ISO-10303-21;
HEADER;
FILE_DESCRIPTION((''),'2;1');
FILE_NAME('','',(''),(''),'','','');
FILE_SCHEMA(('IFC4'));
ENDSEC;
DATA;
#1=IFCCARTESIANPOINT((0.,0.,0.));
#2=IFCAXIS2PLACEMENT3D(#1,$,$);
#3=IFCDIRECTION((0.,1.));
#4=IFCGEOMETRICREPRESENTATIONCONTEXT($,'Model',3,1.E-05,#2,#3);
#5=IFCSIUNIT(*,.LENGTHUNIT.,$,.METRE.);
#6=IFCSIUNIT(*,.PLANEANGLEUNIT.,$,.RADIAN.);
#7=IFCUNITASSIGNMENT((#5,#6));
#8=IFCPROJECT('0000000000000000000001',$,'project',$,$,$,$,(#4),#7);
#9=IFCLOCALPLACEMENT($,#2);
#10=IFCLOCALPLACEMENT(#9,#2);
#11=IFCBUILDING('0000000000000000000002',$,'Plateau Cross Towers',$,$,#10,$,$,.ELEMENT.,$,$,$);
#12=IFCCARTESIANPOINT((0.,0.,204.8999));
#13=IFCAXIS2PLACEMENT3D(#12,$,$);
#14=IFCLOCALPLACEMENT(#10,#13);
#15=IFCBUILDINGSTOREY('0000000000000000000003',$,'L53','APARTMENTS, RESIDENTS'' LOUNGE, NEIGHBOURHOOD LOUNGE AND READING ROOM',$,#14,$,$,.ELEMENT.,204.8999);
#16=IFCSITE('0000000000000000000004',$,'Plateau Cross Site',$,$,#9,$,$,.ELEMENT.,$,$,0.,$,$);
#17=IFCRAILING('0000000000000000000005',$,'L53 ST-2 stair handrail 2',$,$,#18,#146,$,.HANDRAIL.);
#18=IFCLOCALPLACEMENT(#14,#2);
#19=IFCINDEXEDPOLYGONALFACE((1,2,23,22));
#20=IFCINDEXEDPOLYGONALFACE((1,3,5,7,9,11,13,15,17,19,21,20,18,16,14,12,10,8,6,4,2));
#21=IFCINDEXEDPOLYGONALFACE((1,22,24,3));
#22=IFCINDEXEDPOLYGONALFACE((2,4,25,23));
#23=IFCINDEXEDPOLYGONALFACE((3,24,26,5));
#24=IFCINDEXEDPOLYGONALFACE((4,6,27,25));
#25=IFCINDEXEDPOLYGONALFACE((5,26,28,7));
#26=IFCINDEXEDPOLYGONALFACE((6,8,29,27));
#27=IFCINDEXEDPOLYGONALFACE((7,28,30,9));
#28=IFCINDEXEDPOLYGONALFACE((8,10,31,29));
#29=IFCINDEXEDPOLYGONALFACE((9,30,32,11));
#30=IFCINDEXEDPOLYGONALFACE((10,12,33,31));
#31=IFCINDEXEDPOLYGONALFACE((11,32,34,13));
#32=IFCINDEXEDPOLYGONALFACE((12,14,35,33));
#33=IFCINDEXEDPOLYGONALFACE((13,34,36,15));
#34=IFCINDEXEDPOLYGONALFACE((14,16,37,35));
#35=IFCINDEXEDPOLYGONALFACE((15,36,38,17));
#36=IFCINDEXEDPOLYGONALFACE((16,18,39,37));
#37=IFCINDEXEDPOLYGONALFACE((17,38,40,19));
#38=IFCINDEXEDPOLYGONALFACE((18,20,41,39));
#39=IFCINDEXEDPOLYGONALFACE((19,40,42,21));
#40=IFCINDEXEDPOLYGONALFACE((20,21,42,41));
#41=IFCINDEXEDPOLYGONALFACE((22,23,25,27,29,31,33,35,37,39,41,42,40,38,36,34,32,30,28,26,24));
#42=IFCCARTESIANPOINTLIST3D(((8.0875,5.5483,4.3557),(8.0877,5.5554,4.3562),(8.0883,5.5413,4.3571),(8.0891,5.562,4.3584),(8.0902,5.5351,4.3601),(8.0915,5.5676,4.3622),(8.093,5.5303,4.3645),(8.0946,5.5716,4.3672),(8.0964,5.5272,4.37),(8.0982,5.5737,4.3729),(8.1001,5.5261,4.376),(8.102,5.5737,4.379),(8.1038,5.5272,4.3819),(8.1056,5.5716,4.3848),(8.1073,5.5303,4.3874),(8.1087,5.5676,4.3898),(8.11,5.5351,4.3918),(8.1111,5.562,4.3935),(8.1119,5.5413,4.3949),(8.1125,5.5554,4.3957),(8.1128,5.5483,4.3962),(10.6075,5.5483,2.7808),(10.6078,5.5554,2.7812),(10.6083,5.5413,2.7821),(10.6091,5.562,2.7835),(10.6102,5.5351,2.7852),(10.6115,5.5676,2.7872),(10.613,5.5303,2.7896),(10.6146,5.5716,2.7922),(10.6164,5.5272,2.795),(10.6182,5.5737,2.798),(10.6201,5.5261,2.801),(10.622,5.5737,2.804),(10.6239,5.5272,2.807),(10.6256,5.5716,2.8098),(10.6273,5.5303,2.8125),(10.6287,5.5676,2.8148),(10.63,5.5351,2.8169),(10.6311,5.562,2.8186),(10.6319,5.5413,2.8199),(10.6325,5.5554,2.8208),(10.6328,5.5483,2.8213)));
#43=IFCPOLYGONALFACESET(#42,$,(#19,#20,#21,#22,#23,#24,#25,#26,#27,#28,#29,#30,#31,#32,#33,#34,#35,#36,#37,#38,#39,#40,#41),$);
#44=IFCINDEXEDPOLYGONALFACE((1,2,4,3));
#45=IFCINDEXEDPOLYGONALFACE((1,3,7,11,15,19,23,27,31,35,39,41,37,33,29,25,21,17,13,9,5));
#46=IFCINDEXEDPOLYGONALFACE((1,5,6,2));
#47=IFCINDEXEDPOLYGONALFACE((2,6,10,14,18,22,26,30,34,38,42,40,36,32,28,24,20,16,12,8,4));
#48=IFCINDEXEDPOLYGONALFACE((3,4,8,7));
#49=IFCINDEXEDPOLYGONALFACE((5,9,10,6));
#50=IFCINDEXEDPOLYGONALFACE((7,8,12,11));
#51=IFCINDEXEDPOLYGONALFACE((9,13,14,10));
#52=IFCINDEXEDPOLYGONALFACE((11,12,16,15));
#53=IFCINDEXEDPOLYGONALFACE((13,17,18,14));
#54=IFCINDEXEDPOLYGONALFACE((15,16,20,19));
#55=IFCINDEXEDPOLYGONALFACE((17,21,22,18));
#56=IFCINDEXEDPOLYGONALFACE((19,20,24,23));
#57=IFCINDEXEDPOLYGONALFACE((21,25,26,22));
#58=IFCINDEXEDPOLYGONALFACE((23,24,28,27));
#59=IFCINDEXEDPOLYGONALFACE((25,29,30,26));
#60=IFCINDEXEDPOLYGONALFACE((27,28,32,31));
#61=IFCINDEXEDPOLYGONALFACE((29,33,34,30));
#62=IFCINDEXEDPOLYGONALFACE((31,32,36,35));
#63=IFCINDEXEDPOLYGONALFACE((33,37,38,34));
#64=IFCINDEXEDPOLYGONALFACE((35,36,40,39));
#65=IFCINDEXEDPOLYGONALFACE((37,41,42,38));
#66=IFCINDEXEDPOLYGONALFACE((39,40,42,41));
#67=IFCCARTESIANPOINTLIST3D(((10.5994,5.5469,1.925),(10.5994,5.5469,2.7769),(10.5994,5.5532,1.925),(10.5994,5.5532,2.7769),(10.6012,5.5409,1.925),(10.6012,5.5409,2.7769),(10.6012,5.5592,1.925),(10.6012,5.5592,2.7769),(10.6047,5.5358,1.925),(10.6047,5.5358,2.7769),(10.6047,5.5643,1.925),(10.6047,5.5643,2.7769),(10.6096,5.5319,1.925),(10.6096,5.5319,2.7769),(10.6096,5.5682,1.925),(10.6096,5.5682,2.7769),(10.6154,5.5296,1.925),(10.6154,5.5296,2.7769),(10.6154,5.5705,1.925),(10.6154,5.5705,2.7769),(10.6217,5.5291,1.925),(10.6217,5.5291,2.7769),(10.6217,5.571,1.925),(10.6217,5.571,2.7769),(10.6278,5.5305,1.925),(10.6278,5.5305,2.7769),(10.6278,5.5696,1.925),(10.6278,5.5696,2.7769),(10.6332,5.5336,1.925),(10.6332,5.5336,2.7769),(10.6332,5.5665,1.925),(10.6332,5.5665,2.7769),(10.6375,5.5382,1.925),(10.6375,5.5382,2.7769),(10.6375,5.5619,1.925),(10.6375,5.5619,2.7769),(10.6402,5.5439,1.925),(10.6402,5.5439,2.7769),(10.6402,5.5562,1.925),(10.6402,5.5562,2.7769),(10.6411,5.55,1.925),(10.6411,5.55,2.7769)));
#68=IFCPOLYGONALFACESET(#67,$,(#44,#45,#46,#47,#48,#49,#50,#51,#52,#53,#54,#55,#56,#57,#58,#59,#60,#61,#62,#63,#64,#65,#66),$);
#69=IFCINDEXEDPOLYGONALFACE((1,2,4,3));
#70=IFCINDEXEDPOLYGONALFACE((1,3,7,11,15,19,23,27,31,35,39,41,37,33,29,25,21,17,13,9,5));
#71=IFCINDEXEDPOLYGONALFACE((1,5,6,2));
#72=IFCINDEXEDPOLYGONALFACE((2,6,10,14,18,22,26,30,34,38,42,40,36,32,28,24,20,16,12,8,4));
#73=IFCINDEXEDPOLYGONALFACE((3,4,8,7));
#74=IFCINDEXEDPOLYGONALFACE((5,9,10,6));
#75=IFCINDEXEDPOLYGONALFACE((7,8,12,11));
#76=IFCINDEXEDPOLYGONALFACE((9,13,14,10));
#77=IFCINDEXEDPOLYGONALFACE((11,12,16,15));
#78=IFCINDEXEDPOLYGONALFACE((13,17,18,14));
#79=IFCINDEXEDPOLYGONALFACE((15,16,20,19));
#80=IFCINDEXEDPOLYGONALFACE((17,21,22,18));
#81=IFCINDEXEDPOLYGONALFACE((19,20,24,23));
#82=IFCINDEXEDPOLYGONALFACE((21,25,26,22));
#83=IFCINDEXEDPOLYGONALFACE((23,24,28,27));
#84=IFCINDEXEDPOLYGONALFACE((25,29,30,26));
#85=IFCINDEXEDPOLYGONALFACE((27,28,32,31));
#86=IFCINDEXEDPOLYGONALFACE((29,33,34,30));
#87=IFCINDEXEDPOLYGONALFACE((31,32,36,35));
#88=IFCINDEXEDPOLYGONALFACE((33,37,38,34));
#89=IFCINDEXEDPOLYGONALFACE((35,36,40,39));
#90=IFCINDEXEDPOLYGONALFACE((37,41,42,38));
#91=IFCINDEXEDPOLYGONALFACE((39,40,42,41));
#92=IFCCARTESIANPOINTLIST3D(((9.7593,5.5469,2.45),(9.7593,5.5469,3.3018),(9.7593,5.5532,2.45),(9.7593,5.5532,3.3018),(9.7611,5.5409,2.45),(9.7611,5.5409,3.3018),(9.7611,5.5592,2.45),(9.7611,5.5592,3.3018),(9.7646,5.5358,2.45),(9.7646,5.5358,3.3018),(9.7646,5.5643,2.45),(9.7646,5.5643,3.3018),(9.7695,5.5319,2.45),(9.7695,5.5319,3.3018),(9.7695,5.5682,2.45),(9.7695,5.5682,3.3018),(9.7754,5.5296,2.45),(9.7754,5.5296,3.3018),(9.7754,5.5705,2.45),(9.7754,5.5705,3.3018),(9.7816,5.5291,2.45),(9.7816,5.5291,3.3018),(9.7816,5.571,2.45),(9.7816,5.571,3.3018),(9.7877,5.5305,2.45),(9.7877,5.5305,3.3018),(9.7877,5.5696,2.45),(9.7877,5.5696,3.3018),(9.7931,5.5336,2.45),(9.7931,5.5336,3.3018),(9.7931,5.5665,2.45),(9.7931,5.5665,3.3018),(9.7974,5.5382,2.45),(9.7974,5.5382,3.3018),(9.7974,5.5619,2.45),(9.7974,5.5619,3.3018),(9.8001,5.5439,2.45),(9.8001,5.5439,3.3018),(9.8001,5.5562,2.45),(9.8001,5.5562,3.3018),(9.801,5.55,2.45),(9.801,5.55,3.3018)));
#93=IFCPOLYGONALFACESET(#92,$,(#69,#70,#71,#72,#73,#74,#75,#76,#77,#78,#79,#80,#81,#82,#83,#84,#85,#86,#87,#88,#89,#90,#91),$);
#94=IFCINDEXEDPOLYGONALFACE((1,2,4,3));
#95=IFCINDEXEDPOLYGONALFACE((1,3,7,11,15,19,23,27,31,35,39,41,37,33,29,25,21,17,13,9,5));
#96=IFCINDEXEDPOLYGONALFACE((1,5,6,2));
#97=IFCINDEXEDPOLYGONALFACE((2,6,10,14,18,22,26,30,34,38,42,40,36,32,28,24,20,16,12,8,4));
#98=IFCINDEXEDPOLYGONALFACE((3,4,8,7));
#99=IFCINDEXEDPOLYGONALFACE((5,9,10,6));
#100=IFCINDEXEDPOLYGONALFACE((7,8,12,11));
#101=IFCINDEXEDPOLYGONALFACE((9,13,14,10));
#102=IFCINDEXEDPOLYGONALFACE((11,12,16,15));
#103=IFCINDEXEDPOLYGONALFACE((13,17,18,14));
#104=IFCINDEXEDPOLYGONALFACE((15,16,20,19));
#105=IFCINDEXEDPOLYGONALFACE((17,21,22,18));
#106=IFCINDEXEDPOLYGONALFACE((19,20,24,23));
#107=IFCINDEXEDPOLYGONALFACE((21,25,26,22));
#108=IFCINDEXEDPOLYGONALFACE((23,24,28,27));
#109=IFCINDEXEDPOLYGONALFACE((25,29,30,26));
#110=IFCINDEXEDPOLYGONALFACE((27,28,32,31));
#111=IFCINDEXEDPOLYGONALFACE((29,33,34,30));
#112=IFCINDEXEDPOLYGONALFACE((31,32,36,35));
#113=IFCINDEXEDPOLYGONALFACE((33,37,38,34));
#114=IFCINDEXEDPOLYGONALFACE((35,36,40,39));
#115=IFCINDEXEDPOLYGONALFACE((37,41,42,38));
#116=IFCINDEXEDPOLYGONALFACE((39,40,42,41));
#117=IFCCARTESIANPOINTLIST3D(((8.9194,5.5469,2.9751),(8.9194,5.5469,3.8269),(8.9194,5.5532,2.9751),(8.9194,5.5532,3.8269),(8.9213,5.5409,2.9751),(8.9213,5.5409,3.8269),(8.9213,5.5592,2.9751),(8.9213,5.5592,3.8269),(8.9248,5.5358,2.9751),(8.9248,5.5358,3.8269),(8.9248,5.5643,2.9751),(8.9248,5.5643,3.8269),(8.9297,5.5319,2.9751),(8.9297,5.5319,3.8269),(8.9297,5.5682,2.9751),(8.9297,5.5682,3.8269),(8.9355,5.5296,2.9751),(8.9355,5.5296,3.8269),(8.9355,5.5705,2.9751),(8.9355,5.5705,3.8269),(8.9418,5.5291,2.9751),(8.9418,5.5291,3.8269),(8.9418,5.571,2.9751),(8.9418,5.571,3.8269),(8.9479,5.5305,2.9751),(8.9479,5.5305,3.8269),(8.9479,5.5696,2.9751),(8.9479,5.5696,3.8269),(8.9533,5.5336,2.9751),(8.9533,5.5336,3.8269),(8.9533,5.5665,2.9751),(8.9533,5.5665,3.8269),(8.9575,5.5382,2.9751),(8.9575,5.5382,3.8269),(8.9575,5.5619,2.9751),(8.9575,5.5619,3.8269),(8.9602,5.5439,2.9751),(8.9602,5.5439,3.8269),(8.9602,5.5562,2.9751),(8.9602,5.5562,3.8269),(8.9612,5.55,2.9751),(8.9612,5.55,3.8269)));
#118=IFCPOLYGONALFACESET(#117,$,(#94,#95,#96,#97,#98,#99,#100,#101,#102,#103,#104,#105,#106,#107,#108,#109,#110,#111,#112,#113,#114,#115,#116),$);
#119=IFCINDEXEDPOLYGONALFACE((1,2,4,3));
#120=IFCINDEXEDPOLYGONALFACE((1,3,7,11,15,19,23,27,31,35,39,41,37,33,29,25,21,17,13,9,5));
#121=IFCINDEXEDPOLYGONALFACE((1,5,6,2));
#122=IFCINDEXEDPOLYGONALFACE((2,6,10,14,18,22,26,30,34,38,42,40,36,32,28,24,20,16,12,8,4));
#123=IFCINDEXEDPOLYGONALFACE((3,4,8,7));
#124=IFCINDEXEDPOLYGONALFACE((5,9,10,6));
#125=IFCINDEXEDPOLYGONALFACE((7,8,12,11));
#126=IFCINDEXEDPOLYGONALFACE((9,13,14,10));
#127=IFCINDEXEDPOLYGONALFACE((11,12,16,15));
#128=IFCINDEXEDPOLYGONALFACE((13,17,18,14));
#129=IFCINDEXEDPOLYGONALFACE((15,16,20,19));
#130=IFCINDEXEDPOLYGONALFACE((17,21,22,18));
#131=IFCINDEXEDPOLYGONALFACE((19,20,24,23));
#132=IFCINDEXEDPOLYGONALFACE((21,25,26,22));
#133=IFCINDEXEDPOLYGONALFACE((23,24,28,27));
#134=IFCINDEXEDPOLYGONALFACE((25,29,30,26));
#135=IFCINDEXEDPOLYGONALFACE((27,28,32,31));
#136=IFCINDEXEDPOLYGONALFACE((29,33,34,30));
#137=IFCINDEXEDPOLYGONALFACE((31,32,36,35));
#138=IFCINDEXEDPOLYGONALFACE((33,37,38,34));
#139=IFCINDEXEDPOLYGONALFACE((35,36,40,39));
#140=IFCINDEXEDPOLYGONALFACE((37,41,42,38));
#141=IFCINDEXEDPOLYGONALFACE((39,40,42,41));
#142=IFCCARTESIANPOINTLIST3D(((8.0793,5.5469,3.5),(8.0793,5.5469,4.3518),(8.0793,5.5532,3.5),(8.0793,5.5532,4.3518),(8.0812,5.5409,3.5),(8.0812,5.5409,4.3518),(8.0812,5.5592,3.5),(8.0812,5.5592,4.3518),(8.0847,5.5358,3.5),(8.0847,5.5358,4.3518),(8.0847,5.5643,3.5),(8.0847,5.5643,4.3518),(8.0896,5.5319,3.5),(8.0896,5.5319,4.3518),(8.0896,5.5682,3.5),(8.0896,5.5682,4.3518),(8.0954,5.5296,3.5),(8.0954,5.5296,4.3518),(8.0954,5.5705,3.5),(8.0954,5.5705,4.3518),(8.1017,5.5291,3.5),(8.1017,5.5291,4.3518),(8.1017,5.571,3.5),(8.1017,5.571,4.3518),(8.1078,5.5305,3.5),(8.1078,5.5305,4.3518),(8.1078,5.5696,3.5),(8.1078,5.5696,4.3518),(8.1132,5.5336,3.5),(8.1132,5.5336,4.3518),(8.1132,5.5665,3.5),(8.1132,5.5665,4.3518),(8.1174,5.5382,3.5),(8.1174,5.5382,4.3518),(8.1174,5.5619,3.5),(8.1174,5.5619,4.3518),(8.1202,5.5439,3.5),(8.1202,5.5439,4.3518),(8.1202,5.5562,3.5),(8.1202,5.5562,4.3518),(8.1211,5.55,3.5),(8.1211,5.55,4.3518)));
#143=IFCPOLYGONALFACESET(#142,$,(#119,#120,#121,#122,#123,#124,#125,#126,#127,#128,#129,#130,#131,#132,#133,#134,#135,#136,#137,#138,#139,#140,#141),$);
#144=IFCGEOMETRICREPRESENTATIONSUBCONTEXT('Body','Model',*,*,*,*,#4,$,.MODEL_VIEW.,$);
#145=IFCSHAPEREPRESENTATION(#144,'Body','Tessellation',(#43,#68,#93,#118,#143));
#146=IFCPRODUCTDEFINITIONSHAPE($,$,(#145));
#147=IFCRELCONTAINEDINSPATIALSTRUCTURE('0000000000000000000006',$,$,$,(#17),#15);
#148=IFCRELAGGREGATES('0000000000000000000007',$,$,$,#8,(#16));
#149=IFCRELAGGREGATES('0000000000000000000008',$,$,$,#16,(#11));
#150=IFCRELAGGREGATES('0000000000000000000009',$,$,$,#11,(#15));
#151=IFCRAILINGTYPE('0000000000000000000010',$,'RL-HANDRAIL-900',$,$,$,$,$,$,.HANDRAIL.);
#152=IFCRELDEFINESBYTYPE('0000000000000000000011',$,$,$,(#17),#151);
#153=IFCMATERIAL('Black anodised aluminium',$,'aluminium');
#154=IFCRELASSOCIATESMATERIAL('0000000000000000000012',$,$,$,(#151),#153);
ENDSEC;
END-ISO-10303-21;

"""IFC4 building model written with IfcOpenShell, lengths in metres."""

from ifc_helpers import new_model, si_unit, direction, frame, origin, origin_2d, place, context, subcontext, project, spatial, circle, extrude, material, type_object, element, save


model = new_model("IFC4")

# Units and contexts
model_context = context("Model", 3, precision=1e-05, world=origin(), true_north=direction((0.0, 1.0)))
body_context = subcontext(model_context, "Body", "Model", "MODEL_VIEW")
ifc_project = project(units=[si_unit("LENGTHUNIT", "METRE"), si_unit("PLANEANGLEUNIT", "RADIAN")], contexts=[model_context])

# Site, building, storey
site_placement = place(None, origin())
site = spatial("IfcSite", under=ifc_project, at=site_placement, Name="Plateau Cross Site", CompositionType="ELEMENT", RefElevation=0.0)
building_placement = place(site_placement, origin())
building = spatial("IfcBuilding", under=site, at=building_placement, Name="Plateau Cross Towers", CompositionType="ELEMENT")
storey_placement = place(building_placement, frame((0.0, 0.0, 204.8999)))
storey = spatial("IfcBuildingStorey", under=building, at=storey_placement, Name="L53", Description="APARTMENTS, RESIDENTS' LOUNGE, NEIGHBOURHOOD LOUNGE AND READING ROOM", CompositionType="ELEMENT", Elevation=204.8999)

# Railing
ifc_material_1 = material(Name="Black anodised aluminium", Category="aluminium")
railing_type_1 = type_object("IfcRailingType", Name="RL-HANDRAIL-900", PredefinedType="HANDRAIL", material=ifc_material_1)
railing_1_placement = place(storey_placement, frame((10.6201, 5.55, 1.925)))
element("IfcRailing", 1, at=railing_1_placement, inside=storey, type_object=railing_type_1, Name="L53 ST-2 stair handrail 2", PredefinedType="HANDRAIL", context=body_context, shape_type="SweptSolid", body=[
    extrude(circle(Radius=0.0239, at=origin_2d()), frame((0.0, 0.0, 0.876), z_axis=(-0.848008, 0.0, 0.529984), x_axis=(0.0, -1.0, 0.0)), (0.0, 0.0, 1.0), 2.9717),
    extrude(circle(Radius=0.021, at=origin_2d()), origin(), (0.0, 0.0, 1.0), 0.8518),
    extrude(circle(Radius=0.021, at=origin_2d()), frame((-0.8401, 0.0, 0.5249)), (0.0, 0.0, 1.0), 0.8518),
    extrude(circle(Radius=0.021, at=origin_2d()), frame((-1.6799, 0.0, 1.05)), (0.0, 0.0, 1.0), 0.8518),
    extrude(circle(Radius=0.021, at=origin_2d()), frame((-2.52, 0.0, 1.575)), (0.0, 0.0, 1.0), 0.8518),
])

save(model, "model.ifc")
